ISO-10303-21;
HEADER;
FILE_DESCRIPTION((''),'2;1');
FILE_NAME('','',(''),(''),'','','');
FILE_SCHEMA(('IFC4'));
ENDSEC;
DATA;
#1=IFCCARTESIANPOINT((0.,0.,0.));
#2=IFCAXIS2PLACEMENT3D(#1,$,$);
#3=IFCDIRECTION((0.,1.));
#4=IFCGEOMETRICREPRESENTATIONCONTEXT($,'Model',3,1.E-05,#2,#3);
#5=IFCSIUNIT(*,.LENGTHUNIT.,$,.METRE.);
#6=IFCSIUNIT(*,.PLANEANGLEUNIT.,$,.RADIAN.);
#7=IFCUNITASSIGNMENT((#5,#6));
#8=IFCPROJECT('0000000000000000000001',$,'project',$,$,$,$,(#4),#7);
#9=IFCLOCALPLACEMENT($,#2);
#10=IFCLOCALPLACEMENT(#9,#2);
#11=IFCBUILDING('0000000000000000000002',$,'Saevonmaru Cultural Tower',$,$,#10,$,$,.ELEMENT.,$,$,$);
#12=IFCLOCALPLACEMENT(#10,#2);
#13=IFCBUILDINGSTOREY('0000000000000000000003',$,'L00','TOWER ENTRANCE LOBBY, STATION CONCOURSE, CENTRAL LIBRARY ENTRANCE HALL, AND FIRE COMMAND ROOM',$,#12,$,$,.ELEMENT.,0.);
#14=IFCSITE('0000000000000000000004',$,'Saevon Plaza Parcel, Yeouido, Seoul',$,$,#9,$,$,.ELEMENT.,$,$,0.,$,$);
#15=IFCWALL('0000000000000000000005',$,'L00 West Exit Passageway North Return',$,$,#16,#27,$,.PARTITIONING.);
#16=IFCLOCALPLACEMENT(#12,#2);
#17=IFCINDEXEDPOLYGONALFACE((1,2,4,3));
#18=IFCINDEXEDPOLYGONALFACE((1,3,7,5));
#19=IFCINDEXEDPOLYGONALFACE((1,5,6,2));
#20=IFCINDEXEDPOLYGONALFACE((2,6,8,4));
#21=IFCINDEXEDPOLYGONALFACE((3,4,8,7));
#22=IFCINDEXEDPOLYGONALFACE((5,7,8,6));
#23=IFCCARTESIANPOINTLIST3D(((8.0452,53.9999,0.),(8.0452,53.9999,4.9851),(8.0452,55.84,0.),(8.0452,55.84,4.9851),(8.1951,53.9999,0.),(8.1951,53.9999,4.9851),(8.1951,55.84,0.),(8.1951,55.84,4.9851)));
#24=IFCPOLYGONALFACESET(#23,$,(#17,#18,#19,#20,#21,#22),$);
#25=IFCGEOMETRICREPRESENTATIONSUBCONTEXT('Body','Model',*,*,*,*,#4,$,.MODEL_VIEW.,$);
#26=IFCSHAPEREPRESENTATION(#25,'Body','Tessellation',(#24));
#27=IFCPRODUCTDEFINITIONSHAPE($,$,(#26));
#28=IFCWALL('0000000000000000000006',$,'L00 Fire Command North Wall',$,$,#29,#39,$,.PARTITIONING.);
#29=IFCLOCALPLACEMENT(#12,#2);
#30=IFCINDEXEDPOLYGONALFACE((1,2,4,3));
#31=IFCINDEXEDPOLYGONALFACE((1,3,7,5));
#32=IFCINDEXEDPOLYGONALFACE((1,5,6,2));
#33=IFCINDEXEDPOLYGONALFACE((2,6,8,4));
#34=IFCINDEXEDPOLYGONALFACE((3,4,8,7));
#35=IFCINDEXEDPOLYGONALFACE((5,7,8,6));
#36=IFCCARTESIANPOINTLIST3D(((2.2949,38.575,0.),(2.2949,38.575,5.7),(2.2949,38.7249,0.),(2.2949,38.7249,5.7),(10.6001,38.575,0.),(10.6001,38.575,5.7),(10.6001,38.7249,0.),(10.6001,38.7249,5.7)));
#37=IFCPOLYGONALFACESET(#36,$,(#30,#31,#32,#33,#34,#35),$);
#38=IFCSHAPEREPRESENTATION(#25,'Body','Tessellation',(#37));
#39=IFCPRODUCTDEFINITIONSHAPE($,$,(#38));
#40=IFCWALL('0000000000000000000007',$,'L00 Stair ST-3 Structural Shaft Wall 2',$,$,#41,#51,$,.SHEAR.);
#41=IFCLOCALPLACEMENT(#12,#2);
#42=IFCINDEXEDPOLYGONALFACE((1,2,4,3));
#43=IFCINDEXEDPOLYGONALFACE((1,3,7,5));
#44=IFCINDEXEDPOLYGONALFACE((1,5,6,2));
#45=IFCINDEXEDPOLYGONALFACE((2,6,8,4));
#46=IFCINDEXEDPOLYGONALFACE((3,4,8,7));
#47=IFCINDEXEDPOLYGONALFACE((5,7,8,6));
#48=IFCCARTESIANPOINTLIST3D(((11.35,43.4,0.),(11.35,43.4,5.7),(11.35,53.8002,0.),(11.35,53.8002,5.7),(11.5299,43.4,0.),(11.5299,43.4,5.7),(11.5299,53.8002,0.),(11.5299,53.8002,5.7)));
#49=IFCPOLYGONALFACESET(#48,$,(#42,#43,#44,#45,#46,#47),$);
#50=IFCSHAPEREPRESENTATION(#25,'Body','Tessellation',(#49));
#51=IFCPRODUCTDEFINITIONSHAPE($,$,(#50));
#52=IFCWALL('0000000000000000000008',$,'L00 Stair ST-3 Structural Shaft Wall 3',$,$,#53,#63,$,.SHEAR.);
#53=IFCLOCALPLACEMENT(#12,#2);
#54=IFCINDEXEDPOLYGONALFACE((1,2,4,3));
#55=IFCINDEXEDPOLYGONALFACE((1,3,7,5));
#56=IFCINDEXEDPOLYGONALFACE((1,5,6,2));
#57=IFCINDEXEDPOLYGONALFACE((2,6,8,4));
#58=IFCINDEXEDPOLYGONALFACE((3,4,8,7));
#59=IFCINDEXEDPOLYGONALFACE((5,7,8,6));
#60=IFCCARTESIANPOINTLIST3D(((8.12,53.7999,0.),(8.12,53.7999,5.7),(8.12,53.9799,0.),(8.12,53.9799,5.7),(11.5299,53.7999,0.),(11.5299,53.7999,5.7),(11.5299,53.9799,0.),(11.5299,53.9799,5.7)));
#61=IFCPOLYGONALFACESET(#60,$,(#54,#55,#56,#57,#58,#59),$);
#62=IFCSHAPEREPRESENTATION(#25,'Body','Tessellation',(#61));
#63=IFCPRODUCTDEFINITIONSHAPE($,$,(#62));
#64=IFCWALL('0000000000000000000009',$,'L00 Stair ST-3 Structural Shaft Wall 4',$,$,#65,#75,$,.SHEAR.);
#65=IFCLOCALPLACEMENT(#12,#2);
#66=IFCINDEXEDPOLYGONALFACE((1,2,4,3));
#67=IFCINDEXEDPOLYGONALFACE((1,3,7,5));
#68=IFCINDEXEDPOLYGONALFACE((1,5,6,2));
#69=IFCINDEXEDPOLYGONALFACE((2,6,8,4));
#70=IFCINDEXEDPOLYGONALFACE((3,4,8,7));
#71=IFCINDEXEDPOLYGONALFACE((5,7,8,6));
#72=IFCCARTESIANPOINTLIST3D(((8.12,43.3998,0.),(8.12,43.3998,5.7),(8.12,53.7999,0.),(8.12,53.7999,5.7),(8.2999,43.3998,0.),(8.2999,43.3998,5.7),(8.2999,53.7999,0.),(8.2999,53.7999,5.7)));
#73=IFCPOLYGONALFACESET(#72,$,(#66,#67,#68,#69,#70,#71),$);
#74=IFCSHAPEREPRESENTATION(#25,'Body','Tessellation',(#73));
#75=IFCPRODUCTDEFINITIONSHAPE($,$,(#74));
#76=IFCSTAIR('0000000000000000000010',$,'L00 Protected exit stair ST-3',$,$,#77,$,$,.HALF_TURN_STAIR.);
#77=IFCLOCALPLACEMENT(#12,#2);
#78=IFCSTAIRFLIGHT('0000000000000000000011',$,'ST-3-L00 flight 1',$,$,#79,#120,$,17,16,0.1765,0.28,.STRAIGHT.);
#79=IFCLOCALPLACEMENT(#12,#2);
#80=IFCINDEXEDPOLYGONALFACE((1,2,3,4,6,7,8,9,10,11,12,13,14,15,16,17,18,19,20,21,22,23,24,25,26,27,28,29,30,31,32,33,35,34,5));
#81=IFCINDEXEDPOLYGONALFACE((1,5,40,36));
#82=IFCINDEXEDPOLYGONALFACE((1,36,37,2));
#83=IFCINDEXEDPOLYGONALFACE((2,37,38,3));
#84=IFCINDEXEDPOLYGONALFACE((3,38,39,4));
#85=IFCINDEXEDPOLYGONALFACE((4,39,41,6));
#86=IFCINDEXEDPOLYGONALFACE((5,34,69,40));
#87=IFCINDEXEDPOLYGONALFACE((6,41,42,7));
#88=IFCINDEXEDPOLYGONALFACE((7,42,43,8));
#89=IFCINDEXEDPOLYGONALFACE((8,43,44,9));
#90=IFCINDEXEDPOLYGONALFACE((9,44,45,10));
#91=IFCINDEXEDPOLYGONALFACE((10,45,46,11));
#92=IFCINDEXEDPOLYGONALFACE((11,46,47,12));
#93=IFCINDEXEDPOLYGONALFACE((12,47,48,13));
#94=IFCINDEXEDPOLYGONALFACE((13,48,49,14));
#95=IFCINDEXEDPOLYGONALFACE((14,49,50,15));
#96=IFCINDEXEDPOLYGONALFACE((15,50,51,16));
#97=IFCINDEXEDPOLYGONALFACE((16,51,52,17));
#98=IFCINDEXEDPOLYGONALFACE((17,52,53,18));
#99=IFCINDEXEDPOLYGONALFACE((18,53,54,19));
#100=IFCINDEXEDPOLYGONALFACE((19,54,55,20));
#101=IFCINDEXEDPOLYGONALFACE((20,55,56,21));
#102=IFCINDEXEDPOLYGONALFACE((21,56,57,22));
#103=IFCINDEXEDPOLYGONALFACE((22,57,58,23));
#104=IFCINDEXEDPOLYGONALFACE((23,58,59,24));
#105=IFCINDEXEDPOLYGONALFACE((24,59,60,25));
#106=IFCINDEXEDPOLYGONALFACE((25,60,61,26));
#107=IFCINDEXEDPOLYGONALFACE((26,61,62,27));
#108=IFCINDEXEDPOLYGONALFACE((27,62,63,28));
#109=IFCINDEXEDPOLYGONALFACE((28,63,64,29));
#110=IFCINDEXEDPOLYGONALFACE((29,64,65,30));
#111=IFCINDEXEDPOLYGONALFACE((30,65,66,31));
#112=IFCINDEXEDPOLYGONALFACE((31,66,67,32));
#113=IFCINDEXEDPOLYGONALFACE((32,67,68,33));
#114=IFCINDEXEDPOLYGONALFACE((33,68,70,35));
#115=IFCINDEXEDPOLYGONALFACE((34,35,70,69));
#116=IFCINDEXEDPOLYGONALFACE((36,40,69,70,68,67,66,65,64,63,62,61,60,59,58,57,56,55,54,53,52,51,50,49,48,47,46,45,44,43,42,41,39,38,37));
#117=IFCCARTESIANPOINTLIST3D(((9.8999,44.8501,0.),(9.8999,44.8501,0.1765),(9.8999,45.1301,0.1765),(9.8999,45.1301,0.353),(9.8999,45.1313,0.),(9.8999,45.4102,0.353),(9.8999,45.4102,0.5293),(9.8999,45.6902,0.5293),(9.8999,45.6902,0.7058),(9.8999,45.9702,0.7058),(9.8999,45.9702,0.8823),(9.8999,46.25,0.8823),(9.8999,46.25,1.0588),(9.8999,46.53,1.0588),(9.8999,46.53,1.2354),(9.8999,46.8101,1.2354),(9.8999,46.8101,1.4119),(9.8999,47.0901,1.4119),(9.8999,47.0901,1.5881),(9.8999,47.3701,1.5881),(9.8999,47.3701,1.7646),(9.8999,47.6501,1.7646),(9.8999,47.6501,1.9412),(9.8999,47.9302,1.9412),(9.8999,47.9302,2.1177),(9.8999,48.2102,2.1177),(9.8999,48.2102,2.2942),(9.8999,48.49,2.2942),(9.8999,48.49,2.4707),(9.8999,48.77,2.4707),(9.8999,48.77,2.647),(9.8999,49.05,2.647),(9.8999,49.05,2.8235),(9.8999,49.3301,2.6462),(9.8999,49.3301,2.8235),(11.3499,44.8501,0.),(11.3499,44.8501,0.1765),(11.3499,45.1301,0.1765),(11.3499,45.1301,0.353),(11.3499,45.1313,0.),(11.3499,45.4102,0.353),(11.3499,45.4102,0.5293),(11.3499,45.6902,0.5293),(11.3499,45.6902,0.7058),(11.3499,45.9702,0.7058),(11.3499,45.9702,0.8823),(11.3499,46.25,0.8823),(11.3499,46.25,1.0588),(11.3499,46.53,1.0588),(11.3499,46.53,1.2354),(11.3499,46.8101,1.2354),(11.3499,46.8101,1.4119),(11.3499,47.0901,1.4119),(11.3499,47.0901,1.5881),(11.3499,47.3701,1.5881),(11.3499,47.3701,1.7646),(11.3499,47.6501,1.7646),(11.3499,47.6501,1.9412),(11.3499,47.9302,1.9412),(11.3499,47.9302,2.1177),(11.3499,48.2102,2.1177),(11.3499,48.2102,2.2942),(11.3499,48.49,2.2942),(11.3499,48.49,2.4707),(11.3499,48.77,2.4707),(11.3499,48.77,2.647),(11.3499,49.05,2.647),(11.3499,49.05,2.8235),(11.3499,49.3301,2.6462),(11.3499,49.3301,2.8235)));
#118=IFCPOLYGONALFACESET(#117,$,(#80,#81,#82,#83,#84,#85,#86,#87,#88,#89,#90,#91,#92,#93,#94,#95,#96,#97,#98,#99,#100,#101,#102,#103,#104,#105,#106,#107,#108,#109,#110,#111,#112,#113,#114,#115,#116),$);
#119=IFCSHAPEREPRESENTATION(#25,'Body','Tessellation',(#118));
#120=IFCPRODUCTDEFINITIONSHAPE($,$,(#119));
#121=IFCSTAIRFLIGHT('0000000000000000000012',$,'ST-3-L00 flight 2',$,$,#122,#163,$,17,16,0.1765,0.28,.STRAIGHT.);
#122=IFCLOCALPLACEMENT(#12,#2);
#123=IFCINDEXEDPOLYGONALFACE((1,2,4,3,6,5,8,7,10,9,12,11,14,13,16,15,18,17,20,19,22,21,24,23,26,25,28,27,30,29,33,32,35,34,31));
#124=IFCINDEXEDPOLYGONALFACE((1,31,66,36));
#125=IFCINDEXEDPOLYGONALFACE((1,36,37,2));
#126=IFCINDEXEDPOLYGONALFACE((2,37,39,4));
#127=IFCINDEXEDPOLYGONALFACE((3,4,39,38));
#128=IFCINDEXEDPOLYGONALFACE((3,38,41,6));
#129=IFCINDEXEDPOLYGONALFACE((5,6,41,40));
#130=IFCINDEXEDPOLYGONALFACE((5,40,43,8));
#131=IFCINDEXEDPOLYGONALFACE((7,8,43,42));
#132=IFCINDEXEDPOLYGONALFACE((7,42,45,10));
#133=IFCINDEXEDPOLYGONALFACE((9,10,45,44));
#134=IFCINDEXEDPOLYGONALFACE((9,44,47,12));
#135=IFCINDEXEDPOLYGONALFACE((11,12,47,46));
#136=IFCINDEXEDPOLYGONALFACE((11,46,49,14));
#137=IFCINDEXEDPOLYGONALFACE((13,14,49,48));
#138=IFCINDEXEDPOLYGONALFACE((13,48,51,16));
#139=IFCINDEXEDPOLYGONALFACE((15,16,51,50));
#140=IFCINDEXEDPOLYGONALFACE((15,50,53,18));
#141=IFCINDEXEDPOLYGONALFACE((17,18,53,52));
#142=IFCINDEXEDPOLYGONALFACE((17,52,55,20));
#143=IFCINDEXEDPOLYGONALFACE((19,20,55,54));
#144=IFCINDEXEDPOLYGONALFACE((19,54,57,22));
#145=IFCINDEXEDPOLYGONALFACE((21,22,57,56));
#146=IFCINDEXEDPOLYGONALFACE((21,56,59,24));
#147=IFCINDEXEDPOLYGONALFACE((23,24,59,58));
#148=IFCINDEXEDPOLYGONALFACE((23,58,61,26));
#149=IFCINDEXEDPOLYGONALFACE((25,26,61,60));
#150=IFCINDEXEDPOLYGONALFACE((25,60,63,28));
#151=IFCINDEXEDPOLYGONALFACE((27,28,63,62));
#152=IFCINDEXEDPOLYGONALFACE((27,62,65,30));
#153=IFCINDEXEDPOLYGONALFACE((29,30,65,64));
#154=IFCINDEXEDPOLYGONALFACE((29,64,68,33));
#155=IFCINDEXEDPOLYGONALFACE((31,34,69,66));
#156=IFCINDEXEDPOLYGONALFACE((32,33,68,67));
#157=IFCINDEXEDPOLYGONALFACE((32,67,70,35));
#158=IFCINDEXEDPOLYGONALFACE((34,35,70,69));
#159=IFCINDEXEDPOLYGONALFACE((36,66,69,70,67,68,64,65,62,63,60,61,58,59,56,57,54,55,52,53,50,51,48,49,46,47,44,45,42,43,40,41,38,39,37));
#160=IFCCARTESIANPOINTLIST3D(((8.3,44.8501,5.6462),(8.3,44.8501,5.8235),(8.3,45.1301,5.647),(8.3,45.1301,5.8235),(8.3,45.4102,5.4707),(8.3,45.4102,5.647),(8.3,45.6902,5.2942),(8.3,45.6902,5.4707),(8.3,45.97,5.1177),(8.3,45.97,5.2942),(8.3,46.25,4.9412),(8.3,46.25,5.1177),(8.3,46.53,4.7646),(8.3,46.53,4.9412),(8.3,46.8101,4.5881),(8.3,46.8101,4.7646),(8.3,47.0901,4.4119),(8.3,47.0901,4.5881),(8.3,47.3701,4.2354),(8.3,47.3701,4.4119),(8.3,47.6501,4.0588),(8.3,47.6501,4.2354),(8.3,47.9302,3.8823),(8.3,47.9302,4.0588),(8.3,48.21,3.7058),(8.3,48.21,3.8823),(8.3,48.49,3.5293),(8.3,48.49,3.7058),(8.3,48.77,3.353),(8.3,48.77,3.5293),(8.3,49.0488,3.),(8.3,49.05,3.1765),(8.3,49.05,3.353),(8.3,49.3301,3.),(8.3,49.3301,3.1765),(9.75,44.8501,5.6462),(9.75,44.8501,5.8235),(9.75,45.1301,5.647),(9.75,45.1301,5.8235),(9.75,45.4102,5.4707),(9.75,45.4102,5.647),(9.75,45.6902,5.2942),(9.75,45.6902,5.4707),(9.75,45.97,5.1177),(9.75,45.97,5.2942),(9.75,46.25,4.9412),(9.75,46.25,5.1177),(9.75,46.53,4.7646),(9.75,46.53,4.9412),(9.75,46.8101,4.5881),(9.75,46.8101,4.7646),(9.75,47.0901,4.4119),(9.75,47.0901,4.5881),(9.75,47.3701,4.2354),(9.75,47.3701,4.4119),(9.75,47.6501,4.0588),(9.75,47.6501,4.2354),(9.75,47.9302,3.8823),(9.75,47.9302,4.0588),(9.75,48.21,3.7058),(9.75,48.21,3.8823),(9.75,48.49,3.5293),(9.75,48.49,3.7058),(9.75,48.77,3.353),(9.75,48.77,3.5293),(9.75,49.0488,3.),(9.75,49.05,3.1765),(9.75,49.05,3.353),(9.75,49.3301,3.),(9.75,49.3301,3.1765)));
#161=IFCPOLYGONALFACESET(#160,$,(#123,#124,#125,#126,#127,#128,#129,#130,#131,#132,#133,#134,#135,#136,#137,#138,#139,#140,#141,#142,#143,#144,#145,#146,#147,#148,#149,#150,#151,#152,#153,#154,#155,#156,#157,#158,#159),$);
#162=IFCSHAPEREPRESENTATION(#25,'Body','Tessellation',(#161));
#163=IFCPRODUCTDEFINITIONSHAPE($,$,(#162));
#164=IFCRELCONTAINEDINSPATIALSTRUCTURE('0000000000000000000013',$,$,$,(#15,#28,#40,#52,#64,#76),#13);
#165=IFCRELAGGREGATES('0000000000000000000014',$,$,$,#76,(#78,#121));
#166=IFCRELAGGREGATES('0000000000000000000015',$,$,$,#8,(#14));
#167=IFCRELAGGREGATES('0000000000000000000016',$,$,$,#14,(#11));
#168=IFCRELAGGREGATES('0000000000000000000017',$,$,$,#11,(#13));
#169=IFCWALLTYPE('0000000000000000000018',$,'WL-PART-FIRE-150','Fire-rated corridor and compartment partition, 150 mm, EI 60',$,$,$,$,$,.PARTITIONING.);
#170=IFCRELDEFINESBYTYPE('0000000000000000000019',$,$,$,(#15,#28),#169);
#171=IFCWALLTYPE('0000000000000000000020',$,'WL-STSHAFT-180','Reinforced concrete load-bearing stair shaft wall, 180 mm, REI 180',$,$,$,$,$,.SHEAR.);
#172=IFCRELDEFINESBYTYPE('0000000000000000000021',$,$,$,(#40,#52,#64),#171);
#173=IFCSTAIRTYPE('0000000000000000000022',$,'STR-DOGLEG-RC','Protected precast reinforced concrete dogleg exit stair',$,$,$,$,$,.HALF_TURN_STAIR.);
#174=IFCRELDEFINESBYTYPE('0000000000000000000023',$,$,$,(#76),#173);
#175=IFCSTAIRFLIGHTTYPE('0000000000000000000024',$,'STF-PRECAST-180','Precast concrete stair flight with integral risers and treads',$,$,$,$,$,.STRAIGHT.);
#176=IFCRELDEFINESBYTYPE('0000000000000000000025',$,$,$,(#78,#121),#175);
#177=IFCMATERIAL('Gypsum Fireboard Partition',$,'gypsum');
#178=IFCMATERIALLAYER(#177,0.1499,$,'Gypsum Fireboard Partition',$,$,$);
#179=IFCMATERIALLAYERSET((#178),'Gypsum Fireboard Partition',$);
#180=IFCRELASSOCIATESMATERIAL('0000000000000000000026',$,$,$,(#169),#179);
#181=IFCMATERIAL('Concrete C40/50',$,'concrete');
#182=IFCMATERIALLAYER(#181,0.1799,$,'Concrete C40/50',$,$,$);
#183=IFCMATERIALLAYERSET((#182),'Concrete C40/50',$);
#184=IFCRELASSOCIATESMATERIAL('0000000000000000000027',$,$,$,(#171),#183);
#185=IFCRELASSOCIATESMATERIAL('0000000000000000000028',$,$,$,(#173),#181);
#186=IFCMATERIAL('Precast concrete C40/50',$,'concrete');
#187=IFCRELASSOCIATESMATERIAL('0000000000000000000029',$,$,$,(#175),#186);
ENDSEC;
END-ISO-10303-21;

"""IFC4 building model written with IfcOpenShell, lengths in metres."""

from ifc_helpers import new_model, si_unit, direction, frame, frame_2d, origin, place, context, subcontext, project, spatial, polyline, rectangle, outline, extrude, material, layer, layer_set, type_object, element, aggregate, save


model = new_model("IFC4")

# Units and contexts
model_context = context("Model", 3, precision=1e-05, world=origin(), true_north=direction((0.0, 1.0)))
body_context = subcontext(model_context, "Body", "Model", "MODEL_VIEW")
ifc_project = project(units=[si_unit("LENGTHUNIT", "METRE"), si_unit("PLANEANGLEUNIT", "RADIAN")], contexts=[model_context])

# Site, building, storey
site_placement = place(None, origin())
site = spatial("IfcSite", under=ifc_project, at=site_placement, Name="Saevon Plaza Parcel, Yeouido, Seoul", CompositionType="ELEMENT", RefElevation=0.0)
building_placement = place(site_placement, origin())
building = spatial("IfcBuilding", under=site, at=building_placement, Name="Saevonmaru Cultural Tower", CompositionType="ELEMENT")
storey_placement = place(building_placement, origin())
storey = spatial("IfcBuildingStorey", under=building, at=storey_placement, Name="L00", Description="TOWER ENTRANCE LOBBY, STATION CONCOURSE, CENTRAL LIBRARY ENTRANCE HALL, AND FIRE COMMAND ROOM", CompositionType="ELEMENT", Elevation=0.0)

# Shared definitions
ifc_material_1 = material(Name="Gypsum Fireboard Partition", Category="gypsum")
ifc_layer_1 = layer(ifc_material_1, 0.1499, Name="Gypsum Fireboard Partition")
ifc_layer_set_1 = layer_set([ifc_layer_1], Name="Gypsum Fireboard Partition")
wall_type_1 = type_object("IfcWallType", Name="WL-PART-FIRE-150", Description="Fire-rated corridor and compartment partition, 150 mm, EI 60", PredefinedType="PARTITIONING", material=ifc_layer_set_1)

# Walls
wall_1_placement = place(storey_placement, frame((8.1201, 54.0, 0.0), z_axis=(0.0, 0.0, 1.0), x_axis=(0.0, 1.0, 0.0)))
element("IfcWall", 1, at=wall_1_placement, inside=storey, type_object=wall_type_1, Name="L00 West Exit Passageway North Return", PredefinedType="PARTITIONING", context=body_context, shape_type="SweptSolid", body=[
    extrude(rectangle(XDim=1.8401, YDim=0.1499, at=frame_2d((0.9199, 0.0))), origin(), (0.0, 0.0, 1.0), 4.9851),
])
wall_2_placement = place(storey_placement, frame((2.2949, 38.6499, 0.0), z_axis=(0.0, 0.0, 1.0), x_axis=(1.0, 0.0, 0.0)))
element("IfcWall", 2, at=wall_2_placement, inside=storey, type_object=wall_type_1, Name="L00 Fire Command North Wall", PredefinedType="PARTITIONING", context=body_context, shape_type="SweptSolid", body=[
    extrude(rectangle(XDim=8.3052, YDim=0.1499, at=frame_2d((4.1526, 0.0))), origin(), (0.0, 0.0, 1.0), 5.7),
])

# Shared definitions
ifc_material_2 = material(Name="Concrete C40/50", Category="concrete")
ifc_layer_2 = layer(ifc_material_2, 0.1799, Name="Concrete C40/50")
ifc_layer_set_2 = layer_set([ifc_layer_2], Name="Concrete C40/50")
wall_type_2 = type_object("IfcWallType", Name="WL-STSHAFT-180", Description="Reinforced concrete load-bearing stair shaft wall, 180 mm, REI 180", PredefinedType="SHEAR", material=ifc_layer_set_2)

# Walls
wall_3_placement = place(storey_placement, frame((11.4399, 43.3999, 0.0), z_axis=(0.0, 0.0, 1.0), x_axis=(0.0, 1.0, 0.0)))
element("IfcWall", 3, at=wall_3_placement, inside=storey, type_object=wall_type_2, Name="L00 Stair ST-3 Structural Shaft Wall 2", PredefinedType="SHEAR", context=body_context, shape_type="SweptSolid", body=[
    extrude(rectangle(XDim=10.4001, YDim=0.1799, at=frame_2d((5.2002, 0.0))), origin(), (0.0, 0.0, 1.0), 5.7),
])
wall_4_placement = place(storey_placement, frame((11.53, 53.8899, 0.0), z_axis=(0.0, 0.0, 1.0), x_axis=(-1.0, 0.0, 0.0)))
element("IfcWall", 4, at=wall_4_placement, inside=storey, type_object=wall_type_2, Name="L00 Stair ST-3 Structural Shaft Wall 3", PredefinedType="SHEAR", context=body_context, shape_type="SweptSolid", body=[
    extrude(rectangle(XDim=3.4099, YDim=0.1799, at=frame_2d((1.7051, 0.0))), origin(), (0.0, 0.0, 1.0), 5.7),
])
wall_5_placement = place(storey_placement, frame((8.21, 53.8, 0.0), z_axis=(0.0, 0.0, 1.0), x_axis=(0.0, -1.0, 0.0)))
element("IfcWall", 5, at=wall_5_placement, inside=storey, type_object=wall_type_2, Name="L00 Stair ST-3 Structural Shaft Wall 4", PredefinedType="SHEAR", context=body_context, shape_type="SweptSolid", body=[
    extrude(rectangle(XDim=10.4001, YDim=0.1799, at=frame_2d((5.2002, 0.0))), origin(), (0.0, 0.0, 1.0), 5.7),
])

# Stair, stair flights
stair_type = type_object("IfcStairType", Name="STR-DOGLEG-RC", Description="Protected precast reinforced concrete dogleg exit stair", PredefinedType="HALF_TURN_STAIR", material=ifc_material_2)
stair_placement = place(storey_placement, origin())
stair = element("IfcStair", 6, at=stair_placement, inside=storey, type_object=stair_type, Name="L00 Protected exit stair ST-3", PredefinedType="HALF_TURN_STAIR")
ifc_material_3 = material(Name="Precast concrete C40/50", Category="concrete")
stair_flight_type = type_object("IfcStairFlightType", Name="STF-PRECAST-180", Description="Precast concrete stair flight with integral risers and treads", PredefinedType="STRAIGHT", material=ifc_material_3)
stair_flight_1_placement = place(storey_placement, frame((10.625, 44.8501, 0.0), z_axis=(0.0, 0.0, 1.0), x_axis=(0.0, 1.0, 0.0)))
stair_flight_1 = element("IfcStairFlight", 7, at=stair_flight_1_placement, type_object=stair_flight_type, Name="ST-3-L00 flight 1", NumberOfRisers=17, NumberOfTreads=16, PredefinedType="STRAIGHT", RiserHeight=0.1765, TreadLength=0.28, context=body_context, shape_type="SweptSolid", body=[
    extrude(outline(polyline([(0.0, 0.0), (0.0, 0.1765), (0.28, 0.1765), (0.28, 0.353), (0.5601, 0.353), (0.5601, 0.5293), (0.8401, 0.5293), (0.8401, 0.7058), (1.1201, 0.7058), (1.1201, 0.8823), (1.3999, 0.8823), (1.3999, 1.0588), (1.6799, 1.0588), (1.6799, 1.2354), (1.96, 1.2354), (1.96, 1.4119), (2.24, 1.4119), (2.24, 1.5881), (2.52, 1.5881), (2.52, 1.7646), (2.8, 1.7646), (2.8, 1.9412), (3.0801, 1.9412), (3.0801, 2.1177), (3.3601, 2.1177), (3.3601, 2.2942), (3.6399, 2.2942), (3.6399, 2.4707), (3.9199, 2.4707), (3.9199, 2.647), (4.2, 2.647), (4.2, 2.8235), (4.48, 2.8235), (4.48, 3.0), (4.48, 2.6462), (0.2812, 0.0), (0.0, 0.0)])), frame((0.0, 0.7251, 0.0), z_axis=(0.0, -1.0, 0.0), x_axis=(1.0, 0.0, 0.0)), (0.0, 0.0, 1.0), 1.45),
])
stair_flight_2_placement = place(storey_placement, frame((9.0249, 49.3301, 3.0), z_axis=(0.0, 0.0, 1.0), x_axis=(0.0, -1.0, 0.0)))
stair_flight_2 = element("IfcStairFlight", 8, at=stair_flight_2_placement, type_object=stair_flight_type, Name="ST-3-L00 flight 2", NumberOfRisers=17, NumberOfTreads=16, PredefinedType="STRAIGHT", RiserHeight=0.1765, TreadLength=0.28, context=body_context, shape_type="SweptSolid", body=[
    extrude(outline(polyline([(0.0, 0.0), (0.0, 0.1765), (0.28, 0.1765), (0.28, 0.353), (0.5601, 0.353), (0.5601, 0.5293), (0.8401, 0.5293), (0.8401, 0.7058), (1.1201, 0.7058), (1.1201, 0.8823), (1.3999, 0.8823), (1.3999, 1.0588), (1.6799, 1.0588), (1.6799, 1.2354), (1.96, 1.2354), (1.96, 1.4119), (2.24, 1.4119), (2.24, 1.5881), (2.52, 1.5881), (2.52, 1.7646), (2.8, 1.7646), (2.8, 1.9412), (3.0801, 1.9412), (3.0801, 2.1177), (3.3601, 2.1177), (3.3601, 2.2942), (3.6399, 2.2942), (3.6399, 2.4707), (3.9199, 2.4707), (3.9199, 2.647), (4.2, 2.647), (4.2, 2.8235), (4.48, 2.8235), (4.48, 3.0), (4.48, 2.6462), (0.2812, 0.0), (0.0, 0.0)])), frame((0.0, 0.7251, 0.0), z_axis=(0.0, -1.0, 0.0), x_axis=(1.0, 0.0, 0.0)), (0.0, 0.0, 1.0), 1.45),
])
aggregate(stair, [stair_flight_1, stair_flight_2])

save(model, "model.ifc")
